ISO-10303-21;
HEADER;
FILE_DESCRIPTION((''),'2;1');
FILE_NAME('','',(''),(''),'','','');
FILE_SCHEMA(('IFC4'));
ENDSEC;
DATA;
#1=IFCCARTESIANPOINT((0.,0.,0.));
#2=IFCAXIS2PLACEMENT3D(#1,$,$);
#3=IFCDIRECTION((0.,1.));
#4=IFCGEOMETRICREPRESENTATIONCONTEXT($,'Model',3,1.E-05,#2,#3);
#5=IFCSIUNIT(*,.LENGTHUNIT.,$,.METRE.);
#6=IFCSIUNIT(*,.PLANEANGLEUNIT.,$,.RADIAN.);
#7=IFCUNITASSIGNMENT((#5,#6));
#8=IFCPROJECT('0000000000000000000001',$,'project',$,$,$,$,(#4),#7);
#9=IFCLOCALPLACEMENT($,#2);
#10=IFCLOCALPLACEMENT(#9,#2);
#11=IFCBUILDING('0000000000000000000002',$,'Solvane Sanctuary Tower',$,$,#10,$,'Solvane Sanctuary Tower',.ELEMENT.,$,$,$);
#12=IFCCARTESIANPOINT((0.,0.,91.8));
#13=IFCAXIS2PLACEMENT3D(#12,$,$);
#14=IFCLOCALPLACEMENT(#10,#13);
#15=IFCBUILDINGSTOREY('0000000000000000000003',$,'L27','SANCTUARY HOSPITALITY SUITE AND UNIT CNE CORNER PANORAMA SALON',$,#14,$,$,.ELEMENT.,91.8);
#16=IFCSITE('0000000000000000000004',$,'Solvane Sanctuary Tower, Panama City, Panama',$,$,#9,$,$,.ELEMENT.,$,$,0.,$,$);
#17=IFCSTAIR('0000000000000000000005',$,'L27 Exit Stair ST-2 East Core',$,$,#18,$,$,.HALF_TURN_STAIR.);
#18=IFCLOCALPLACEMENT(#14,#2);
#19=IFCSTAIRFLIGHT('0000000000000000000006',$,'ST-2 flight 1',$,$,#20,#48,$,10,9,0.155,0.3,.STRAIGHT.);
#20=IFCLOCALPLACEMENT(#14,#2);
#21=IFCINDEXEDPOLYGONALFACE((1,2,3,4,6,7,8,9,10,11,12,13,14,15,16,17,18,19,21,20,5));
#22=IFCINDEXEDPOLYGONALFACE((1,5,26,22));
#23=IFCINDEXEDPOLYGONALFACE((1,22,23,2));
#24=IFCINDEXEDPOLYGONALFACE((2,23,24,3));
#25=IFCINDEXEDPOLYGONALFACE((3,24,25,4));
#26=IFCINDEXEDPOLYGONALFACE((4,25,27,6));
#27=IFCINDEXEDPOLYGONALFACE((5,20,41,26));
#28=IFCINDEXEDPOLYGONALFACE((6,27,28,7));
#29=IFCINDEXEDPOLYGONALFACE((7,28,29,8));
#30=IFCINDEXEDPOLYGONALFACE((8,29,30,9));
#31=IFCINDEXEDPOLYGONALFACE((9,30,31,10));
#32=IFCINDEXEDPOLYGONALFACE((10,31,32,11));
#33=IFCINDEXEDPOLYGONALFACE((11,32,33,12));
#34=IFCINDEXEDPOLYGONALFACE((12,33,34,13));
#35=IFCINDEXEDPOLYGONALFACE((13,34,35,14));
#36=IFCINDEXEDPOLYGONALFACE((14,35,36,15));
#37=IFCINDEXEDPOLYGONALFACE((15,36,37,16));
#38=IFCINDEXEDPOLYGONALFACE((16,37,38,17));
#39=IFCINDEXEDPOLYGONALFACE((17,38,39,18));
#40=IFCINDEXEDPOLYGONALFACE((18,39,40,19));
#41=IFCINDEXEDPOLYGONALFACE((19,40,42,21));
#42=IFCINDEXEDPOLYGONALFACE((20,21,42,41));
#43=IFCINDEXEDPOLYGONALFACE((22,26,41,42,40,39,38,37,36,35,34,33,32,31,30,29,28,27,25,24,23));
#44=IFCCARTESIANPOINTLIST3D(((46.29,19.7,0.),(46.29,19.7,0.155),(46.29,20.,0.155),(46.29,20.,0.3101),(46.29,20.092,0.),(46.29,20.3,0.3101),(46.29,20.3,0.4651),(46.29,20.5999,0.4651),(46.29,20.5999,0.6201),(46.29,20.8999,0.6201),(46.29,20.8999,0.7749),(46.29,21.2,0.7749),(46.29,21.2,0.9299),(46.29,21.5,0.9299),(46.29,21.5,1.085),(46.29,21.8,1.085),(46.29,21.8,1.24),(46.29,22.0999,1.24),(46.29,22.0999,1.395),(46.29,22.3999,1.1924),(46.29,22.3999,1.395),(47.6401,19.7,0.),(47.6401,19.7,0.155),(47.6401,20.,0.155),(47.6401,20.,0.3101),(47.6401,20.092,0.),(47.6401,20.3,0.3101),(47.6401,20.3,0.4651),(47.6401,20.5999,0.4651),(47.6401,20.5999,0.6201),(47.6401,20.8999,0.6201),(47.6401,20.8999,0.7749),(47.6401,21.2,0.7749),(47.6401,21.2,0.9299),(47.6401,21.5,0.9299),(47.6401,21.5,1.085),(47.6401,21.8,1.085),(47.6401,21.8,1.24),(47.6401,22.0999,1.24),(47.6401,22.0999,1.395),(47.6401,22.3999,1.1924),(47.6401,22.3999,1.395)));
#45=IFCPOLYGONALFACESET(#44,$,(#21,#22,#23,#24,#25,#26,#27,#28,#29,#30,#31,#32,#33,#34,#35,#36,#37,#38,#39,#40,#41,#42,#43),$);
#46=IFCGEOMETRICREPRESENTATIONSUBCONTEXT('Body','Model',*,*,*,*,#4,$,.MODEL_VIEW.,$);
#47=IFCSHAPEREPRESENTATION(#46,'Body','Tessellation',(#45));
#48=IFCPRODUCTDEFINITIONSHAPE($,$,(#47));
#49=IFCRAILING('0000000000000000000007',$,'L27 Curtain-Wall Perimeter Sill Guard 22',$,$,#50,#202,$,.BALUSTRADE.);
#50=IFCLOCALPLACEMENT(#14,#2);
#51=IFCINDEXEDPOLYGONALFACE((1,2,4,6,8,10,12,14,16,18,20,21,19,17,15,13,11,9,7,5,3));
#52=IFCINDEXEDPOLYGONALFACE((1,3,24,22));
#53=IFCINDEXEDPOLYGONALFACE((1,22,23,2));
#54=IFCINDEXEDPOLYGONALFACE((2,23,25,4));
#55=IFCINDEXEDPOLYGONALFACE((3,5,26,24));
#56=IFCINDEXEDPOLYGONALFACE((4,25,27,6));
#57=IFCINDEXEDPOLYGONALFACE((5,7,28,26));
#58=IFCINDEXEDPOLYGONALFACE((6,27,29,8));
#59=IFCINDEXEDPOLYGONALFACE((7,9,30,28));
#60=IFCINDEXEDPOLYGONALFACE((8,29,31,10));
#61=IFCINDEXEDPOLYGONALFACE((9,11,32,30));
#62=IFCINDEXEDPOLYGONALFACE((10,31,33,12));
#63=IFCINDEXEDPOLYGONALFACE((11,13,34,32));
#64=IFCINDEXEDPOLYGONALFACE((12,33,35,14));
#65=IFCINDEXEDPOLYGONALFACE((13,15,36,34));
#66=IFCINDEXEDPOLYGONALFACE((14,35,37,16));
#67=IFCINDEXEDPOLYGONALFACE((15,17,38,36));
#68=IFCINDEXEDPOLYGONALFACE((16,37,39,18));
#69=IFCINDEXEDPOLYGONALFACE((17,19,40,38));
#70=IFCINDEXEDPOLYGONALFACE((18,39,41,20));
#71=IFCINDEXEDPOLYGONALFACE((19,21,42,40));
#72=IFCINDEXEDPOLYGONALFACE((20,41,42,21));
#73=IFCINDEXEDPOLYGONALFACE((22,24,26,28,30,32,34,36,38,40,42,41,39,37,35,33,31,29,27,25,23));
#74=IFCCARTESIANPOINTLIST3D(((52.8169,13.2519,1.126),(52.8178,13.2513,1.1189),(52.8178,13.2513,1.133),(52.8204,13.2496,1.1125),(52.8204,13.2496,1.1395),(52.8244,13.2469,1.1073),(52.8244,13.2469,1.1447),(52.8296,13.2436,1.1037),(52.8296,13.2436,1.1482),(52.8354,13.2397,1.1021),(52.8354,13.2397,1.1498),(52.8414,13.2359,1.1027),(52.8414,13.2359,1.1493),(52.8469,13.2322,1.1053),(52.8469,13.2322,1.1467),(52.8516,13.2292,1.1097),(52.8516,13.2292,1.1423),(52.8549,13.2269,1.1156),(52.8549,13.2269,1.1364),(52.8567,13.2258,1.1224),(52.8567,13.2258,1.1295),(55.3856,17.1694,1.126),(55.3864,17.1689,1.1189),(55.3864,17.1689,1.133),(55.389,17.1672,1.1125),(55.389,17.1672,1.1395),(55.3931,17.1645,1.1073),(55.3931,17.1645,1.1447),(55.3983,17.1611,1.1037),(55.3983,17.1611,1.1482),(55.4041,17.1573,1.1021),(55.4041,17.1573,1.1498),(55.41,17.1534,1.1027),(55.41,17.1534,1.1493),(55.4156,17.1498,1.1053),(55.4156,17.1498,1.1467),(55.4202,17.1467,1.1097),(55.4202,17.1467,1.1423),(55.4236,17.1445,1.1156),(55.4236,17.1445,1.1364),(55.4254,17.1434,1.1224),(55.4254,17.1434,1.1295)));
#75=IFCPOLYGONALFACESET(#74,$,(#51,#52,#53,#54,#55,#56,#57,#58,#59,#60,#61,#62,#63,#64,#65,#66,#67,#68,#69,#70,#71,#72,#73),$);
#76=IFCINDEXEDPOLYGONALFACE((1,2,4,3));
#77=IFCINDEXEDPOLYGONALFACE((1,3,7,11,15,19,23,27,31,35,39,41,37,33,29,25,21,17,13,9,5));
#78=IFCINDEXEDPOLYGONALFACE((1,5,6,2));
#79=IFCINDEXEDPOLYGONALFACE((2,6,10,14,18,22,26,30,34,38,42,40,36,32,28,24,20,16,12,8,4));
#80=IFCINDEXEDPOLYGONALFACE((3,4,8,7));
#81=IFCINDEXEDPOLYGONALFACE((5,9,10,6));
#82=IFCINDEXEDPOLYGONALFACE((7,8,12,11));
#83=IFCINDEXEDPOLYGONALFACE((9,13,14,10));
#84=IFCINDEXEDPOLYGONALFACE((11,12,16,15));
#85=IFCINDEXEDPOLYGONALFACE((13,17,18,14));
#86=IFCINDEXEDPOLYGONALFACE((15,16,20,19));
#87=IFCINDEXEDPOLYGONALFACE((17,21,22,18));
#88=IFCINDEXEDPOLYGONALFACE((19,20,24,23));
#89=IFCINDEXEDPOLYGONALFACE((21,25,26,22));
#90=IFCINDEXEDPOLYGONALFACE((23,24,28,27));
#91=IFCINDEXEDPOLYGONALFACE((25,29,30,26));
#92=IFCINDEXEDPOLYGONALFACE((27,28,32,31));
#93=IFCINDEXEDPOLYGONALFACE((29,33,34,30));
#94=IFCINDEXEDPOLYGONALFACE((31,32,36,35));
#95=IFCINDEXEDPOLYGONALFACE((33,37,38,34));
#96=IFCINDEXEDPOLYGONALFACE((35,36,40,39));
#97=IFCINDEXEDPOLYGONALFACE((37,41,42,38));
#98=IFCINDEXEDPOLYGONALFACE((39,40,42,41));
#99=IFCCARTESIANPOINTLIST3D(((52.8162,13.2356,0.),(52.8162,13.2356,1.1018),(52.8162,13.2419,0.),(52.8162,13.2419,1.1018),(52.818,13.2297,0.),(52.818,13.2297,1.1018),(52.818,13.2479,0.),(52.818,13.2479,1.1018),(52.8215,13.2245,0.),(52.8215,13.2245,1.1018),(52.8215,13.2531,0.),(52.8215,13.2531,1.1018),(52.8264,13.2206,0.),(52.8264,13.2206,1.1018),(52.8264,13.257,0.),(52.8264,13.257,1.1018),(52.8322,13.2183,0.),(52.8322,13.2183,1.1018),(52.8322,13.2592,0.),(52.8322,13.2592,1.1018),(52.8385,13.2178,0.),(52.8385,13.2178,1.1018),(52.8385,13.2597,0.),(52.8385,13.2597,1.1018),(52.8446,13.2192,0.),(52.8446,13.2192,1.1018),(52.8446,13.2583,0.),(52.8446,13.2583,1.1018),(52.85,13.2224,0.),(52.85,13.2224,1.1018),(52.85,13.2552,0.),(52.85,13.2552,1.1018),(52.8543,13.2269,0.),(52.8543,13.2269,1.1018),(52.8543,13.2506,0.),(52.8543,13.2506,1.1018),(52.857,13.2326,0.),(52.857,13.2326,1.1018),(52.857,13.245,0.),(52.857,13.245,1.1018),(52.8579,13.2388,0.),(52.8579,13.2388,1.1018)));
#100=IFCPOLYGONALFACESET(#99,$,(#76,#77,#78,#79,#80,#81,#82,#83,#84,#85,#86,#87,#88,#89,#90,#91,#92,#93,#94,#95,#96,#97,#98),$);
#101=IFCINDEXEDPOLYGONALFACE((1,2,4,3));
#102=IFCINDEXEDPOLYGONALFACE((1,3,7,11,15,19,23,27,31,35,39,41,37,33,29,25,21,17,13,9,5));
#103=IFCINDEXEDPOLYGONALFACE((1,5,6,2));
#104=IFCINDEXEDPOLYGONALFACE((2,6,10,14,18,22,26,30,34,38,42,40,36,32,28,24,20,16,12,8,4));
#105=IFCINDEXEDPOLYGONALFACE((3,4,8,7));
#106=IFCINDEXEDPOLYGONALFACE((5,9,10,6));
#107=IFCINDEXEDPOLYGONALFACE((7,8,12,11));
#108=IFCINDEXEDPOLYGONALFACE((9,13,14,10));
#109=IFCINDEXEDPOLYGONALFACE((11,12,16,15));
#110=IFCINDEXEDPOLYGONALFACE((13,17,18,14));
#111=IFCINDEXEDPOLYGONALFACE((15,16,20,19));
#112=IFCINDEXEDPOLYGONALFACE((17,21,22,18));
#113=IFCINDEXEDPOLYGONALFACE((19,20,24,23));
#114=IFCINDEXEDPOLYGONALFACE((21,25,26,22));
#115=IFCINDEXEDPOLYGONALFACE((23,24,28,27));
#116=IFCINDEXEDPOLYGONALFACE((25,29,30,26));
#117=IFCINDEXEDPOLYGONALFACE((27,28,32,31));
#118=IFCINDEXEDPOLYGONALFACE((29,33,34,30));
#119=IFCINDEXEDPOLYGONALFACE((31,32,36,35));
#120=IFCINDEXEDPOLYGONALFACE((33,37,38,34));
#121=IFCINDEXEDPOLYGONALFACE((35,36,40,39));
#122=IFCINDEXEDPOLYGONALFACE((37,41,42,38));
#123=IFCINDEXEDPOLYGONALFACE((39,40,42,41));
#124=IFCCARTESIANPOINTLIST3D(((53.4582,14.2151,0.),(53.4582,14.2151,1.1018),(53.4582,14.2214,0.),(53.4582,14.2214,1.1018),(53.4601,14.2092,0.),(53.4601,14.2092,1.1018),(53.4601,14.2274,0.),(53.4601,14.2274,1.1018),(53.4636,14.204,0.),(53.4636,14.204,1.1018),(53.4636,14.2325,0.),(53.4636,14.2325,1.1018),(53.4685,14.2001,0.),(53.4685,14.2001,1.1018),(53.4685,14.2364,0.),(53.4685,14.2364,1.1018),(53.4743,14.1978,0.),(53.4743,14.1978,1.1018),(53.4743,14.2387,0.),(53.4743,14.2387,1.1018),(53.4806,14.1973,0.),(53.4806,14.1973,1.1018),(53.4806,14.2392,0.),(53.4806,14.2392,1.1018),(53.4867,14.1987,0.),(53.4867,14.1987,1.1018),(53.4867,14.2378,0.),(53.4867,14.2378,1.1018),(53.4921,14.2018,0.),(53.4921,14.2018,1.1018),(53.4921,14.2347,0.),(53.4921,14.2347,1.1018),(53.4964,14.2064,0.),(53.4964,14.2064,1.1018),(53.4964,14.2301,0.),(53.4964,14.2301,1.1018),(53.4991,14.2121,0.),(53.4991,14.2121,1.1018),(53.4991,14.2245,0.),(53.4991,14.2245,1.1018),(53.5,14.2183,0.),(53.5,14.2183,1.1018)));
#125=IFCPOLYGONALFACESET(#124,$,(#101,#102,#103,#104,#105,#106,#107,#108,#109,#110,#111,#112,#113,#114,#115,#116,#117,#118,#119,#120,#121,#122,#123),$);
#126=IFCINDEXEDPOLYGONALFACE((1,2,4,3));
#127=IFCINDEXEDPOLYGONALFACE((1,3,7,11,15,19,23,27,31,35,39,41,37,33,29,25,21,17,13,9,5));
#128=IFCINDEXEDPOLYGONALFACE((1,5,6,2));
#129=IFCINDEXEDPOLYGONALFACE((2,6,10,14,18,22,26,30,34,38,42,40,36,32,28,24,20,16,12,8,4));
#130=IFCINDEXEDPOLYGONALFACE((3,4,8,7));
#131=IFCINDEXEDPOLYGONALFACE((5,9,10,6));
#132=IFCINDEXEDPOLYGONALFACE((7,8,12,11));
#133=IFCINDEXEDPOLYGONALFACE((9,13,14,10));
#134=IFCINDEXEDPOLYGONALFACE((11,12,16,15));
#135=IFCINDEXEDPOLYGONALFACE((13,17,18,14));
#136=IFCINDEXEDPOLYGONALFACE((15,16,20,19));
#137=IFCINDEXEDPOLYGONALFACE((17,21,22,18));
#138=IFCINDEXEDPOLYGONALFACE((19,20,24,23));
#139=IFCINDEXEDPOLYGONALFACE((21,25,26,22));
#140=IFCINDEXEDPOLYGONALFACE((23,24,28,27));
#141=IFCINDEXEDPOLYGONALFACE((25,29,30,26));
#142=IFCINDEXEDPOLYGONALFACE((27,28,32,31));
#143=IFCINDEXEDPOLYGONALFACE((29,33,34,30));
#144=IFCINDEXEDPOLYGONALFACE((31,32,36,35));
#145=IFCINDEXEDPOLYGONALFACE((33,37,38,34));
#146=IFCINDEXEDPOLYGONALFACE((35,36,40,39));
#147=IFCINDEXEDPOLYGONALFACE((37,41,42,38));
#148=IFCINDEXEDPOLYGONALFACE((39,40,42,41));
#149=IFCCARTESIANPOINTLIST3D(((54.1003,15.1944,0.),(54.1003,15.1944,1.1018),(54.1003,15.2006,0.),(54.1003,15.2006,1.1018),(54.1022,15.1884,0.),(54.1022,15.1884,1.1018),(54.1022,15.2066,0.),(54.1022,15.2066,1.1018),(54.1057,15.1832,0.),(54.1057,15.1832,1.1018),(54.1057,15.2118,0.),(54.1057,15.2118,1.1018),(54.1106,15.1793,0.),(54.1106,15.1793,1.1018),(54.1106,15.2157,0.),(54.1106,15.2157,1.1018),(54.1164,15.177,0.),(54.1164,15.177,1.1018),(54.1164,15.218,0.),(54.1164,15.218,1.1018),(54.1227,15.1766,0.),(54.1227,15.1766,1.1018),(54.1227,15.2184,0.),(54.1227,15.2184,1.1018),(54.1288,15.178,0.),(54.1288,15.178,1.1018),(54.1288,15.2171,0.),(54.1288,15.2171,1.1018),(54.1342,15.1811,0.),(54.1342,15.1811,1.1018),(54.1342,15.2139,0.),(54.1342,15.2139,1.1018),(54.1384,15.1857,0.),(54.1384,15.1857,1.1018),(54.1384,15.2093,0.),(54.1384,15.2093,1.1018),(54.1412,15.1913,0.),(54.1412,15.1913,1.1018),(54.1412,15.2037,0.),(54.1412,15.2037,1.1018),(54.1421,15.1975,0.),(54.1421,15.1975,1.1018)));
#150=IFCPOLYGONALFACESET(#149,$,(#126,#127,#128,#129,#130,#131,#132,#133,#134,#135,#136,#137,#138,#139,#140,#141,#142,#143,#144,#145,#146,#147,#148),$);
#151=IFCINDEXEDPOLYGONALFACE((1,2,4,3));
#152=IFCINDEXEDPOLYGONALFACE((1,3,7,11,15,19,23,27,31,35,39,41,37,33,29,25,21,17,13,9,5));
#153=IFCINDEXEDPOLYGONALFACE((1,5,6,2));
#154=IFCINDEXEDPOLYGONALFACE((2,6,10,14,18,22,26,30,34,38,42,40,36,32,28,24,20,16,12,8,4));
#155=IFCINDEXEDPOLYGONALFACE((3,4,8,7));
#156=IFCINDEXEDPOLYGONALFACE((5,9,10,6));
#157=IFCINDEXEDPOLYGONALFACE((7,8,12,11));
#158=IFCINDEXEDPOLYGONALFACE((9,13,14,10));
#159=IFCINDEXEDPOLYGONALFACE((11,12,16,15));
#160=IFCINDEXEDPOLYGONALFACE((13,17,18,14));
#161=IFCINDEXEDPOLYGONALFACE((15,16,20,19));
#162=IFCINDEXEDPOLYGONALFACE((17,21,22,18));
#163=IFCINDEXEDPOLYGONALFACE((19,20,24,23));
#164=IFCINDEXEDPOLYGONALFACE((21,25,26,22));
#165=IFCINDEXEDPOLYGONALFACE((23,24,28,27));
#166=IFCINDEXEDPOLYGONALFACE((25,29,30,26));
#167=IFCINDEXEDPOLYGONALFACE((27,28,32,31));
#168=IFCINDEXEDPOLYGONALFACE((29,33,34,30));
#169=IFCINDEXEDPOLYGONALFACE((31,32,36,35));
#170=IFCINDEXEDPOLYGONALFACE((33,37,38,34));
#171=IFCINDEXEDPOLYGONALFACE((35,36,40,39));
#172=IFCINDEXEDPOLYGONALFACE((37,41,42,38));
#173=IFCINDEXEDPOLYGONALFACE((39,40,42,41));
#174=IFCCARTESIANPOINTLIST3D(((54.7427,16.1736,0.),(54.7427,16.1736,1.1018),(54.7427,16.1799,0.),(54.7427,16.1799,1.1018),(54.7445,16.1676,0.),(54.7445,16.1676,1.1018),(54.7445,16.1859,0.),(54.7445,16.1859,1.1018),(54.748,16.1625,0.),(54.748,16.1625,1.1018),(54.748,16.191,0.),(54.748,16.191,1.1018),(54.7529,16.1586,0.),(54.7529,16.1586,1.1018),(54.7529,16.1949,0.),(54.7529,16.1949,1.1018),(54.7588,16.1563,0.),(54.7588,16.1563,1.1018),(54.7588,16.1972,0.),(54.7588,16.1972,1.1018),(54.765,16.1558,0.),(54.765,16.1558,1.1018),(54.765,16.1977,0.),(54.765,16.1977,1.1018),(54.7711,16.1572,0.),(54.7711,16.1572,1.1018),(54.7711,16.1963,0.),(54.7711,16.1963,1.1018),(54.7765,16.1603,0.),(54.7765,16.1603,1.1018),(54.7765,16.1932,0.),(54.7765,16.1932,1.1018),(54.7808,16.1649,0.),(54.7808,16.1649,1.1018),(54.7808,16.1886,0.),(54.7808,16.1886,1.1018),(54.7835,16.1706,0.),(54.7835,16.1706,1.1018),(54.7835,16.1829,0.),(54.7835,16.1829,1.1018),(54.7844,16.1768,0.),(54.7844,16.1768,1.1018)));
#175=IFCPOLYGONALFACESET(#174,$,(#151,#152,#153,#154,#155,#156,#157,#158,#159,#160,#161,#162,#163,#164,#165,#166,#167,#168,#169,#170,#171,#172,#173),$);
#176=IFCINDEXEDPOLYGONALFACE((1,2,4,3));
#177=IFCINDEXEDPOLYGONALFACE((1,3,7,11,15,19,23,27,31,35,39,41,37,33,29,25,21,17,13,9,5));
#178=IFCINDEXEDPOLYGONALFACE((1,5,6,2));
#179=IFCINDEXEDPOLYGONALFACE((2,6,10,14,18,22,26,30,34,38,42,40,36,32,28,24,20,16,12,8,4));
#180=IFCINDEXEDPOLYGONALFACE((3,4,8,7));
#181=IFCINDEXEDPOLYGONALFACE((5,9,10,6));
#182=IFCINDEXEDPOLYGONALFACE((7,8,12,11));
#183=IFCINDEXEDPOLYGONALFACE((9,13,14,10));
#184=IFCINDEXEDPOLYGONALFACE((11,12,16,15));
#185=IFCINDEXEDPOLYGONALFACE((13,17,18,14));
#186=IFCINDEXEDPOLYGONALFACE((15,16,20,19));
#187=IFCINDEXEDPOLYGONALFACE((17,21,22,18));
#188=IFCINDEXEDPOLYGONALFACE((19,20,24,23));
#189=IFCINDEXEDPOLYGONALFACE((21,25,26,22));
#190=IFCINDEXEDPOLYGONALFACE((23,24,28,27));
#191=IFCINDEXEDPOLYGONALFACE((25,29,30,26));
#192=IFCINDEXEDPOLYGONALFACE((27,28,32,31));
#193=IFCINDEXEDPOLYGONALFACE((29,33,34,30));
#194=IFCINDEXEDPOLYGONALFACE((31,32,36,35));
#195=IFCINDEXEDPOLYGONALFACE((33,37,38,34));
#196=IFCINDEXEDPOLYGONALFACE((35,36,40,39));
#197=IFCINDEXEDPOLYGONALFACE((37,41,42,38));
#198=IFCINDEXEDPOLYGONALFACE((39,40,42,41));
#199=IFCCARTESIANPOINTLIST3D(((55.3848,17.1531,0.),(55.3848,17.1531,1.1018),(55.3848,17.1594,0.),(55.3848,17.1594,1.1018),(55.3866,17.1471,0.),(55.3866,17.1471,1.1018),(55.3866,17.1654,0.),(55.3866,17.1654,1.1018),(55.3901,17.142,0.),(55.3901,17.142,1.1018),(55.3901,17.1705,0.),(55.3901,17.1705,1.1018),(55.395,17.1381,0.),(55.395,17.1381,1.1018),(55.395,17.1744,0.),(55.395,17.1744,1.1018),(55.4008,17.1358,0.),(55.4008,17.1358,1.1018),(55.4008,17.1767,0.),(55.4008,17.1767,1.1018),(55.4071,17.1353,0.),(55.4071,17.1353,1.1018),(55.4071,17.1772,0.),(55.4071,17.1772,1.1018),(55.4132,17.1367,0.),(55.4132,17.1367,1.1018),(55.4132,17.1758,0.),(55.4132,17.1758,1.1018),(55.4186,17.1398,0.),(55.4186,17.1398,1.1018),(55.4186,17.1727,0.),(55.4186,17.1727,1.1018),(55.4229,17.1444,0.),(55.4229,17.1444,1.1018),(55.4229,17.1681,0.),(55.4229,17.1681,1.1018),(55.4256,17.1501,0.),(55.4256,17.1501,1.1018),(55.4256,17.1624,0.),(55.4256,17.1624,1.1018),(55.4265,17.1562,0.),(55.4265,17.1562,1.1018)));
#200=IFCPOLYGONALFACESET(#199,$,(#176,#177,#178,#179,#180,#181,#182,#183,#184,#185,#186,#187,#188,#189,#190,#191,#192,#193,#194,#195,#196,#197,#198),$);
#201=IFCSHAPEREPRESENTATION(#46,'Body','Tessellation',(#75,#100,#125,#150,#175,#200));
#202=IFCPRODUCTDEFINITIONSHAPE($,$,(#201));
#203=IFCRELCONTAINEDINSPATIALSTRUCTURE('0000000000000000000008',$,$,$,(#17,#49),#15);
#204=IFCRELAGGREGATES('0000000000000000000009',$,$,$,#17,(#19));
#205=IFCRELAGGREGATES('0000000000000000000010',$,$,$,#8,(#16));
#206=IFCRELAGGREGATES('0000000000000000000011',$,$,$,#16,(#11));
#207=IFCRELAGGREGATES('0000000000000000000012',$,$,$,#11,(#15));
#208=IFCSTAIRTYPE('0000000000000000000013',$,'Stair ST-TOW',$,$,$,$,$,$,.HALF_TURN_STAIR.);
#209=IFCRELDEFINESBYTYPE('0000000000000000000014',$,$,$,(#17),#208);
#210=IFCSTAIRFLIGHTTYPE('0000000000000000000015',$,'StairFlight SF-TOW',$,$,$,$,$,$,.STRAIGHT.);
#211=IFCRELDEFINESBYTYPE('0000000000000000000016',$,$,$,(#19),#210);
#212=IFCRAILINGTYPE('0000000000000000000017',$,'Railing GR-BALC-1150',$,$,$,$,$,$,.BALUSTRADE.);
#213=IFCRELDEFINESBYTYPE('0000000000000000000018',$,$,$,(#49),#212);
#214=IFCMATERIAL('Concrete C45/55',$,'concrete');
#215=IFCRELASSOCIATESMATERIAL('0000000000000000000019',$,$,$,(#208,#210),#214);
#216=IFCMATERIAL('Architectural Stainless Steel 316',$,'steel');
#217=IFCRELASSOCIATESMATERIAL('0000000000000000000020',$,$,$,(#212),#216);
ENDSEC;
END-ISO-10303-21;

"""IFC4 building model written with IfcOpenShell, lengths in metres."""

from ifc_helpers import new_model, si_unit, direction, frame, origin, origin_2d, place, context, subcontext, project, spatial, polyline, circle, outline, extrude, material, type_object, element, aggregate, save


model = new_model("IFC4")

# Units and contexts
model_context = context("Model", 3, precision=1e-05, world=origin(), true_north=direction((0.0, 1.0)))
body_context = subcontext(model_context, "Body", "Model", "MODEL_VIEW")
ifc_project = project(units=[si_unit("LENGTHUNIT", "METRE"), si_unit("PLANEANGLEUNIT", "RADIAN")], contexts=[model_context])

# Site, building, storey
site_placement = place(None, origin())
site = spatial("IfcSite", under=ifc_project, at=site_placement, Name="Solvane Sanctuary Tower, Panama City, Panama", CompositionType="ELEMENT", RefElevation=0.0)
building_placement = place(site_placement, origin())
building = spatial("IfcBuilding", under=site, at=building_placement, Name="Solvane Sanctuary Tower", LongName="Solvane Sanctuary Tower", CompositionType="ELEMENT")
storey_placement = place(building_placement, frame((0.0, 0.0, 91.8)))
storey = spatial("IfcBuildingStorey", under=building, at=storey_placement, Name="L27", Description="SANCTUARY HOSPITALITY SUITE AND UNIT CNE CORNER PANORAMA SALON", CompositionType="ELEMENT", Elevation=91.8)

# Shared definitions
ifc_material_1 = material(Name="Architectural Stainless Steel 316", Category="steel")

# Stair, stair flight
ifc_material_2 = material(Name="Concrete C45/55", Category="concrete")
stair_type = type_object("IfcStairType", Name="Stair ST-TOW", PredefinedType="HALF_TURN_STAIR", material=ifc_material_2)
stair_placement = place(storey_placement, origin())
stair = element("IfcStair", 1, at=stair_placement, inside=storey, type_object=stair_type, Name="L27 Exit Stair ST-2 East Core", PredefinedType="HALF_TURN_STAIR")
stair_flight_type = type_object("IfcStairFlightType", Name="StairFlight SF-TOW", PredefinedType="STRAIGHT", material=ifc_material_2)
stair_flight_placement = place(storey_placement, frame((46.9651, 19.7, 0.0), z_axis=(0.0, 0.0, 1.0), x_axis=(0.0, 1.0, 0.0)))
stair_flight = element("IfcStairFlight", 2, at=stair_flight_placement, type_object=stair_flight_type, Name="ST-2 flight 1", NumberOfRisers=10, NumberOfTreads=9, PredefinedType="STRAIGHT", RiserHeight=0.155, TreadLength=0.3, context=body_context, shape_type="SweptSolid", body=[
    extrude(outline(polyline([(0.0, 0.0), (0.0, 0.155), (0.3, 0.155), (0.3, 0.3101), (0.6001, 0.3101), (0.6001, 0.4651), (0.8999, 0.4651), (0.8999, 0.6201), (1.2, 0.6201), (1.2, 0.7749), (1.5, 0.7749), (1.5, 0.9299), (1.8, 0.9299), (1.8, 1.085), (2.1001, 1.085), (2.1001, 1.24), (2.3999, 1.24), (2.3999, 1.395), (2.7, 1.395), (2.7, 1.55), (2.7, 1.1924), (0.3921, 0.0), (0.0, 0.0)])), frame((0.0, 0.675, 0.0), z_axis=(0.0, -1.0, 0.0), x_axis=(1.0, 0.0, 0.0)), (0.0, 0.0, 1.0), 1.3501),
])
aggregate(stair, [stair_flight])

# Railing
railing_type_1 = type_object("IfcRailingType", Name="Railing GR-BALC-1150", PredefinedType="BALUSTRADE", material=ifc_material_1)
railing_1_placement = place(storey_placement, frame((52.8369, 13.2388, 0.0)))
element("IfcRailing", 3, at=railing_1_placement, inside=storey, type_object=railing_type_1, Name="L27 Curtain-Wall Perimeter Sill Guard 22", PredefinedType="BALUSTRADE", context=body_context, shape_type="SweptSolid", body=[
    extrude(circle(Radius=0.0239, at=origin_2d()), frame((0.0, 0.0, 1.126), z_axis=(0.548322, 0.836267, 0.0), x_axis=(-0.836267, 0.548322, 0.0)), (0.0, 0.0, 1.0), 4.6846),
    extrude(circle(Radius=0.021, at=origin_2d()), origin(), (0.0, 0.0, 1.0), 1.1018),
    extrude(circle(Radius=0.021, at=origin_2d()), frame((0.6421, 0.9795, 0.0)), (0.0, 0.0, 1.0), 1.1018),
    extrude(circle(Radius=0.021, at=origin_2d()), frame((1.2842, 1.9587, 0.0)), (0.0, 0.0, 1.0), 1.1018),
    extrude(circle(Radius=0.021, at=origin_2d()), frame((1.9265, 2.938, 0.0)), (0.0, 0.0, 1.0), 1.1018),
    extrude(circle(Radius=0.021, at=origin_2d()), frame((2.5686, 3.9175, 0.0)), (0.0, 0.0, 1.0), 1.1018),
])

save(model, "model.ifc")
